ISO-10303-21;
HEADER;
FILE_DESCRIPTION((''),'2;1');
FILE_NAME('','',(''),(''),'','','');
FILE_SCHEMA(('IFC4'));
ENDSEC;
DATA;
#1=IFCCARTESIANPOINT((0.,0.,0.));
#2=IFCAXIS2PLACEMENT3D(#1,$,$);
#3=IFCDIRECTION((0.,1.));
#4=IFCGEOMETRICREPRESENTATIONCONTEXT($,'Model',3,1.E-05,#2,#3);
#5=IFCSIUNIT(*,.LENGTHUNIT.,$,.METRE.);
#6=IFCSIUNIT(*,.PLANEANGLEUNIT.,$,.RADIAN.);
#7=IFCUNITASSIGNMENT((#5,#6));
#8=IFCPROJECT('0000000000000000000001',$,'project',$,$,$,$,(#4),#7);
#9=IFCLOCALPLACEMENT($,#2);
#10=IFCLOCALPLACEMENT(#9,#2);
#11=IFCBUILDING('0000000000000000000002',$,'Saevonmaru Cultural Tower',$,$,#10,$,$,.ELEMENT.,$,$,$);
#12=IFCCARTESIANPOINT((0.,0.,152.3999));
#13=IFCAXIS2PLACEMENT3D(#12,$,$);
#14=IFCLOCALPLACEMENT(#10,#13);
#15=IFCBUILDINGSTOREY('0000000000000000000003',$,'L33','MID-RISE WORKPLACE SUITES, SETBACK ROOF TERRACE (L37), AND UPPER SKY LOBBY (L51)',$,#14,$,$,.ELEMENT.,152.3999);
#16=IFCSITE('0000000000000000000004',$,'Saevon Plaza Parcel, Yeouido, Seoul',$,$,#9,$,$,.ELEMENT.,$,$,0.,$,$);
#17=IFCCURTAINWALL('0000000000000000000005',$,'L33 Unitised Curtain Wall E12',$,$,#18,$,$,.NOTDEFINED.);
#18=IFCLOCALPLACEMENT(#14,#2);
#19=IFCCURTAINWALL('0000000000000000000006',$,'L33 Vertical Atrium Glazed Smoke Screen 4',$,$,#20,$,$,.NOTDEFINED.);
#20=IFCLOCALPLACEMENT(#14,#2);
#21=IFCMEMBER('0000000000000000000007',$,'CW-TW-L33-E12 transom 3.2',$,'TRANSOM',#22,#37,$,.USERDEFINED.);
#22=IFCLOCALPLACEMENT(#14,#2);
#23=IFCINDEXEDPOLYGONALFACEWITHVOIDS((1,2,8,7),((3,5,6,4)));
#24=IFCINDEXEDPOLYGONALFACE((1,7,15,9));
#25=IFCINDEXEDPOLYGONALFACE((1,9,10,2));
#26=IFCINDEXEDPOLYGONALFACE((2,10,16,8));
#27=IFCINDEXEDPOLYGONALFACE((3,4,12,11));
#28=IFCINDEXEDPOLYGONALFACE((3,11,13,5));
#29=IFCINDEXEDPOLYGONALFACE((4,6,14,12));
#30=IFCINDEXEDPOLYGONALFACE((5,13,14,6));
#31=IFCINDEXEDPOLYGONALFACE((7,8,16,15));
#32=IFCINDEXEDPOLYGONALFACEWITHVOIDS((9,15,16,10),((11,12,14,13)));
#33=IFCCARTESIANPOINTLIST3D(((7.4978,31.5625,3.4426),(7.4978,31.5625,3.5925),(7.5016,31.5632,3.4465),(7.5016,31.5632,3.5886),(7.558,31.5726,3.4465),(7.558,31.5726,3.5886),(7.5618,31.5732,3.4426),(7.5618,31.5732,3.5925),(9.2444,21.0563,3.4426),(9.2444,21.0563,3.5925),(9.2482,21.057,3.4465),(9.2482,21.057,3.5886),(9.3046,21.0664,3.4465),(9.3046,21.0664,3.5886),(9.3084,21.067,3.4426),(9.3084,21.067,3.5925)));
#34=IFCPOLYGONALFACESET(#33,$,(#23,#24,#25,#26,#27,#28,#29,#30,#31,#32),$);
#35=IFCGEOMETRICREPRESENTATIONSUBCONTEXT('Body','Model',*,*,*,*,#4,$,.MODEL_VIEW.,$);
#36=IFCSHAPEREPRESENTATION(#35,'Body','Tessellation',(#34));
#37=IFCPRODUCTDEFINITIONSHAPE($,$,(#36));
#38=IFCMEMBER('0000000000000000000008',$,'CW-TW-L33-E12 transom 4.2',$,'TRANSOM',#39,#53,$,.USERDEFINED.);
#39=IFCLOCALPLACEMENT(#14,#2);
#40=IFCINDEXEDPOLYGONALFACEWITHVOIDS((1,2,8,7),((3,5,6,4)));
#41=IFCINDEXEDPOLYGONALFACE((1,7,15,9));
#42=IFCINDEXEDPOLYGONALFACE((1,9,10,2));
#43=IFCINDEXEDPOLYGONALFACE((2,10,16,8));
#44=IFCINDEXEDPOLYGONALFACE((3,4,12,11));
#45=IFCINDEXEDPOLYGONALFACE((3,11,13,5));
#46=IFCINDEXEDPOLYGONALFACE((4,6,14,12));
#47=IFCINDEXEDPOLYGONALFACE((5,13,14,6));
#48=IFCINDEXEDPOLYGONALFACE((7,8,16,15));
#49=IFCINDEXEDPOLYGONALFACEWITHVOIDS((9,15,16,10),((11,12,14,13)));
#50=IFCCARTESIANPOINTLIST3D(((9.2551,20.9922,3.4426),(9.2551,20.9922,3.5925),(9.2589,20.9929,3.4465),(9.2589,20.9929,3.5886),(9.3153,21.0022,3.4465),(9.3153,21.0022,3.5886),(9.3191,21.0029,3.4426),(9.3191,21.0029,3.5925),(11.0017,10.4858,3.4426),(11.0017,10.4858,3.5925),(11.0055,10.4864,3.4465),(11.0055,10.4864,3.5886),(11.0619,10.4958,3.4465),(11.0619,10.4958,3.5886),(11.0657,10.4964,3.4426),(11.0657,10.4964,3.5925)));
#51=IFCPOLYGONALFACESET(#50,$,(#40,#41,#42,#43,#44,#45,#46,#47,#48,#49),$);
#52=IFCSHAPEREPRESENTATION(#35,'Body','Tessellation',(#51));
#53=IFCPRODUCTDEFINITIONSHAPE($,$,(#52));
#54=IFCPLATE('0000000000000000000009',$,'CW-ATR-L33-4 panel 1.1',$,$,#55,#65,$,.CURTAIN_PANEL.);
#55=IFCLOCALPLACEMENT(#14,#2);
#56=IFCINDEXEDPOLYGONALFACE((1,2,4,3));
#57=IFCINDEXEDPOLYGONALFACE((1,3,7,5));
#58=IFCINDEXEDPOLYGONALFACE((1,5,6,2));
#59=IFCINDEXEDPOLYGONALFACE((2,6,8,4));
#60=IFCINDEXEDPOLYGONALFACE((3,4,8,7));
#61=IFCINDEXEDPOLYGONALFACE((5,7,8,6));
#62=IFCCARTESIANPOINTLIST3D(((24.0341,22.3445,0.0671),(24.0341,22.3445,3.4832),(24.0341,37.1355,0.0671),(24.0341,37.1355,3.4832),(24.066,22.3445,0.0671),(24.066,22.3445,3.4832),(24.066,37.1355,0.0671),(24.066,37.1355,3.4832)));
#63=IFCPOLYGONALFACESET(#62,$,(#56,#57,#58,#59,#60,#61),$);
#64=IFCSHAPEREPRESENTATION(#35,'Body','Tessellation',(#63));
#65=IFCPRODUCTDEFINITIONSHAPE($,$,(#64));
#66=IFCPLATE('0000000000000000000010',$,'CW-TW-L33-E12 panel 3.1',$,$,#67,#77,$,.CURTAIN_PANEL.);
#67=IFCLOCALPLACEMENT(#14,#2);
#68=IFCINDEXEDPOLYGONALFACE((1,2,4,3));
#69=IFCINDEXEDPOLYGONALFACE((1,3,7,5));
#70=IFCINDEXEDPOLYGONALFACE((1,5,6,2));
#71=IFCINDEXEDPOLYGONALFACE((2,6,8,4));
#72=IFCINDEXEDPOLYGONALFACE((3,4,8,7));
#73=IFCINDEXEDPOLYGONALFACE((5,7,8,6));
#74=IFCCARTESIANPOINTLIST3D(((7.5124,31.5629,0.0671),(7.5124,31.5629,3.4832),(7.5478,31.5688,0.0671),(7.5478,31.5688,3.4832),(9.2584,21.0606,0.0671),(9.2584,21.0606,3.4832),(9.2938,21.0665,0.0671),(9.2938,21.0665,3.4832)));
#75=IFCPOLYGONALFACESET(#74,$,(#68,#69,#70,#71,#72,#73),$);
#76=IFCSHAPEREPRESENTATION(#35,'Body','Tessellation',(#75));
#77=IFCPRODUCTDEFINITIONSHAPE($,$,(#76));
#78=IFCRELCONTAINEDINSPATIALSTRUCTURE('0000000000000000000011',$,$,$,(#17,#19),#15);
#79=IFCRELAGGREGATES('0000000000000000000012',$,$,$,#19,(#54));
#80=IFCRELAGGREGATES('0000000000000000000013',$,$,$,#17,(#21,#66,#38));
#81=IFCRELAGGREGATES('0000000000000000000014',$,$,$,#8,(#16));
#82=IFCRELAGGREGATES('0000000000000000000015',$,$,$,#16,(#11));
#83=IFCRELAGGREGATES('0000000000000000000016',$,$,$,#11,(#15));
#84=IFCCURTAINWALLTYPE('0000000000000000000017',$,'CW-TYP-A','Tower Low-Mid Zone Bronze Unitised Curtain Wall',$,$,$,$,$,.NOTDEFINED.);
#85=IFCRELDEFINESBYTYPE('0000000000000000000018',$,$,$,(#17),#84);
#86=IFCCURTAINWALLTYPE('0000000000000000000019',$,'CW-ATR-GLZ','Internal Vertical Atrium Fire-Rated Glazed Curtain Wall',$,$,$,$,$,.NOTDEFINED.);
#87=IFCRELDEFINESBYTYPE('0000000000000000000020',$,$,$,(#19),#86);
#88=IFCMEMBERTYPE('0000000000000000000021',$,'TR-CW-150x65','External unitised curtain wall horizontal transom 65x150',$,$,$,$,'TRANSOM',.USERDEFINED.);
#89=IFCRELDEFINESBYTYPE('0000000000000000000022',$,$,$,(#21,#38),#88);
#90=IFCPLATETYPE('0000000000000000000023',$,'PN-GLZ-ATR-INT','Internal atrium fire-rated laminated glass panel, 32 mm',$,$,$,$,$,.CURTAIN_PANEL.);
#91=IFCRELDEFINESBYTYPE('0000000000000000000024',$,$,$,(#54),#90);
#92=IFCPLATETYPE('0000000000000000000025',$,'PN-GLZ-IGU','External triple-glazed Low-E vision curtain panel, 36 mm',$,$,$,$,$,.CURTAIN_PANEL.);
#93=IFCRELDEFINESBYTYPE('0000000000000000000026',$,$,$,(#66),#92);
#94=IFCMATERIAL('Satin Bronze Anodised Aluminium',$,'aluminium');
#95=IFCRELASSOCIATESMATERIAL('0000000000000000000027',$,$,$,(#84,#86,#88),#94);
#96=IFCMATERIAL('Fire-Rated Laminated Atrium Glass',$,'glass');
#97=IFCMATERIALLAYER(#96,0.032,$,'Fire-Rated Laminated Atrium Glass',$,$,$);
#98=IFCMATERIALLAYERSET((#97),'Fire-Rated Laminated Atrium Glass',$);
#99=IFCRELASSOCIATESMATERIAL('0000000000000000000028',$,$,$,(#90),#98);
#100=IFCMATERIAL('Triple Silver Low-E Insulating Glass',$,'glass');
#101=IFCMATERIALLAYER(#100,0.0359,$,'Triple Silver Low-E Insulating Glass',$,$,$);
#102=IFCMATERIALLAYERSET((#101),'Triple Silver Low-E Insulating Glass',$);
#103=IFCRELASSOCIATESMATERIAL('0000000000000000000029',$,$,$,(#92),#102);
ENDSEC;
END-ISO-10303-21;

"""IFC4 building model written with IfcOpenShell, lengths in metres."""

from ifc_helpers import new_model, si_unit, direction, frame, origin, origin_2d, place, context, subcontext, project, spatial, rectangle, hollow_rectangle, extrude, material, layer, layer_set, material_profile, profile_set, type_object, element, aggregate, save


model = new_model("IFC4")

# Units and contexts
model_context = context("Model", 3, precision=1e-05, world=origin(), true_north=direction((0.0, 1.0)))
body_context = subcontext(model_context, "Body", "Model", "MODEL_VIEW")
ifc_project = project(units=[si_unit("LENGTHUNIT", "METRE"), si_unit("PLANEANGLEUNIT", "RADIAN")], contexts=[model_context])

# Site, building, storey
site_placement = place(None, origin())
site = spatial("IfcSite", under=ifc_project, at=site_placement, Name="Saevon Plaza Parcel, Yeouido, Seoul", CompositionType="ELEMENT", RefElevation=0.0)
building_placement = place(site_placement, origin())
building = spatial("IfcBuilding", under=site, at=building_placement, Name="Saevonmaru Cultural Tower", CompositionType="ELEMENT")
storey_placement = place(building_placement, frame((0.0, 0.0, 152.3999)))
storey = spatial("IfcBuildingStorey", under=building, at=storey_placement, Name="L33", Description="MID-RISE WORKPLACE SUITES, SETBACK ROOF TERRACE (L37), AND UPPER SKY LOBBY (L51)", CompositionType="ELEMENT", Elevation=152.3999)

# Curtain wall
ifc_material_1 = material(Name="Satin Bronze Anodised Aluminium", Category="aluminium")
curtain_wall_type_1 = type_object("IfcCurtainWallType", Name="CW-TYP-A", Description="Tower Low-Mid Zone Bronze Unitised Curtain Wall", PredefinedType="NOTDEFINED", material=ifc_material_1)
curtain_wall_1_placement = place(storey_placement, origin())
curtain_wall_1 = element("IfcCurtainWall", 1, at=curtain_wall_1_placement, inside=storey, type_object=curtain_wall_type_1, Name="L33 Unitised Curtain Wall E12", PredefinedType="NOTDEFINED")

# Curtain wall
curtain_wall_type_2 = type_object("IfcCurtainWallType", Name="CW-ATR-GLZ", Description="Internal Vertical Atrium Fire-Rated Glazed Curtain Wall", PredefinedType="NOTDEFINED", material=ifc_material_1)
curtain_wall_2_placement = place(storey_placement, origin())
curtain_wall_2 = element("IfcCurtainWall", 2, at=curtain_wall_2_placement, inside=storey, type_object=curtain_wall_type_2, Name="L33 Vertical Atrium Glazed Smoke Screen 4", PredefinedType="NOTDEFINED")

# Members
ifc_material_profile_1 = material_profile(ifc_material_1, hollow_rectangle(XDim=0.0649, YDim=0.1499, WallThickness=0.0039, at=origin_2d()), Name="ALU-TRAN-150x65x4")
ifc_profile_set_1 = profile_set([ifc_material_profile_1], Name="Satin Bronze Anodised Aluminium")
member_type_1 = type_object("IfcMemberType", Name="TR-CW-150x65", Description="External unitised curtain wall horizontal transom 65x150", ElementType="TRANSOM", PredefinedType="USERDEFINED", material=ifc_profile_set_1)
member_1_placement = place(storey_placement, frame((7.5298, 31.5679, 3.5176), z_axis=(0.163994, -0.986461, 0.0), x_axis=(0.986461, 0.163994, 0.0)))
member_1 = element("IfcMember", 3, at=member_1_placement, type_object=member_type_1, Name="CW-TW-L33-E12 transom 3.2", ObjectType="TRANSOM", PredefinedType="USERDEFINED", context=body_context, shape_type="SweptSolid", body=[
    extrude(hollow_rectangle(XDim=0.0649, YDim=0.1499, WallThickness=0.0039, at=origin_2d()), origin(), (0.0, 0.0, 1.0), 10.6504),
])
member_2_placement = place(storey_placement, frame((9.2871, 20.9976, 3.5176), z_axis=(0.16399, -0.986462, 0.0), x_axis=(0.986462, 0.16399, 0.0)))
member_2 = element("IfcMember", 4, at=member_2_placement, type_object=member_type_1, Name="CW-TW-L33-E12 transom 4.2", ObjectType="TRANSOM", PredefinedType="USERDEFINED", context=body_context, shape_type="SweptSolid", body=[
    extrude(hollow_rectangle(XDim=0.0649, YDim=0.1499, WallThickness=0.0039, at=origin_2d()), origin(), (0.0, 0.0, 1.0), 10.6506),
])

# Plates
ifc_material_2 = material(Name="Fire-Rated Laminated Atrium Glass", Category="glass")
ifc_layer_1 = layer(ifc_material_2, 0.032, Name="Fire-Rated Laminated Atrium Glass")
ifc_layer_set_1 = layer_set([ifc_layer_1], Name="Fire-Rated Laminated Atrium Glass")
plate_type_1 = type_object("IfcPlateType", Name="PN-GLZ-ATR-INT", Description="Internal atrium fire-rated laminated glass panel, 32 mm", PredefinedType="CURTAIN_PANEL", material=ifc_layer_set_1)
plate_1_placement = place(storey_placement, frame((24.05, 29.74, 0.0671), z_axis=(0.0, 0.0, 1.0), x_axis=(0.0, -1.0, 0.0)))
plate_1 = element("IfcPlate", 5, at=plate_1_placement, type_object=plate_type_1, Name="CW-ATR-L33-4 panel 1.1", PredefinedType="CURTAIN_PANEL", context=body_context, shape_type="SweptSolid", body=[
    extrude(rectangle(XDim=14.791, YDim=0.032, at=origin_2d()), origin(), (0.0, 0.0, 1.0), 3.416),
])
aggregate(curtain_wall_2, [plate_1])
ifc_material_3 = material(Name="Triple Silver Low-E Insulating Glass", Category="glass")
ifc_layer_2 = layer(ifc_material_3, 0.0359, Name="Triple Silver Low-E Insulating Glass")
ifc_layer_set_2 = layer_set([ifc_layer_2], Name="Triple Silver Low-E Insulating Glass")
plate_type_2 = type_object("IfcPlateType", Name="PN-GLZ-IGU", Description="External triple-glazed Low-E vision curtain panel, 36 mm", PredefinedType="CURTAIN_PANEL", material=ifc_layer_set_2)
plate_2_placement = place(storey_placement, frame((8.4031, 26.3147, 0.0671), z_axis=(0.0, 0.0, 1.0), x_axis=(0.163999, -0.986461, 0.0)))
plate_2 = element("IfcPlate", 6, at=plate_2_placement, type_object=plate_type_2, Name="CW-TW-L33-E12 panel 3.1", PredefinedType="CURTAIN_PANEL", context=body_context, shape_type="SweptSolid", body=[
    extrude(rectangle(XDim=10.6465, YDim=0.0359, at=origin_2d()), origin(), (0.0, 0.0, 1.0), 3.416),
])
aggregate(curtain_wall_1, [member_1, plate_2, member_2])

save(model, "model.ifc")
